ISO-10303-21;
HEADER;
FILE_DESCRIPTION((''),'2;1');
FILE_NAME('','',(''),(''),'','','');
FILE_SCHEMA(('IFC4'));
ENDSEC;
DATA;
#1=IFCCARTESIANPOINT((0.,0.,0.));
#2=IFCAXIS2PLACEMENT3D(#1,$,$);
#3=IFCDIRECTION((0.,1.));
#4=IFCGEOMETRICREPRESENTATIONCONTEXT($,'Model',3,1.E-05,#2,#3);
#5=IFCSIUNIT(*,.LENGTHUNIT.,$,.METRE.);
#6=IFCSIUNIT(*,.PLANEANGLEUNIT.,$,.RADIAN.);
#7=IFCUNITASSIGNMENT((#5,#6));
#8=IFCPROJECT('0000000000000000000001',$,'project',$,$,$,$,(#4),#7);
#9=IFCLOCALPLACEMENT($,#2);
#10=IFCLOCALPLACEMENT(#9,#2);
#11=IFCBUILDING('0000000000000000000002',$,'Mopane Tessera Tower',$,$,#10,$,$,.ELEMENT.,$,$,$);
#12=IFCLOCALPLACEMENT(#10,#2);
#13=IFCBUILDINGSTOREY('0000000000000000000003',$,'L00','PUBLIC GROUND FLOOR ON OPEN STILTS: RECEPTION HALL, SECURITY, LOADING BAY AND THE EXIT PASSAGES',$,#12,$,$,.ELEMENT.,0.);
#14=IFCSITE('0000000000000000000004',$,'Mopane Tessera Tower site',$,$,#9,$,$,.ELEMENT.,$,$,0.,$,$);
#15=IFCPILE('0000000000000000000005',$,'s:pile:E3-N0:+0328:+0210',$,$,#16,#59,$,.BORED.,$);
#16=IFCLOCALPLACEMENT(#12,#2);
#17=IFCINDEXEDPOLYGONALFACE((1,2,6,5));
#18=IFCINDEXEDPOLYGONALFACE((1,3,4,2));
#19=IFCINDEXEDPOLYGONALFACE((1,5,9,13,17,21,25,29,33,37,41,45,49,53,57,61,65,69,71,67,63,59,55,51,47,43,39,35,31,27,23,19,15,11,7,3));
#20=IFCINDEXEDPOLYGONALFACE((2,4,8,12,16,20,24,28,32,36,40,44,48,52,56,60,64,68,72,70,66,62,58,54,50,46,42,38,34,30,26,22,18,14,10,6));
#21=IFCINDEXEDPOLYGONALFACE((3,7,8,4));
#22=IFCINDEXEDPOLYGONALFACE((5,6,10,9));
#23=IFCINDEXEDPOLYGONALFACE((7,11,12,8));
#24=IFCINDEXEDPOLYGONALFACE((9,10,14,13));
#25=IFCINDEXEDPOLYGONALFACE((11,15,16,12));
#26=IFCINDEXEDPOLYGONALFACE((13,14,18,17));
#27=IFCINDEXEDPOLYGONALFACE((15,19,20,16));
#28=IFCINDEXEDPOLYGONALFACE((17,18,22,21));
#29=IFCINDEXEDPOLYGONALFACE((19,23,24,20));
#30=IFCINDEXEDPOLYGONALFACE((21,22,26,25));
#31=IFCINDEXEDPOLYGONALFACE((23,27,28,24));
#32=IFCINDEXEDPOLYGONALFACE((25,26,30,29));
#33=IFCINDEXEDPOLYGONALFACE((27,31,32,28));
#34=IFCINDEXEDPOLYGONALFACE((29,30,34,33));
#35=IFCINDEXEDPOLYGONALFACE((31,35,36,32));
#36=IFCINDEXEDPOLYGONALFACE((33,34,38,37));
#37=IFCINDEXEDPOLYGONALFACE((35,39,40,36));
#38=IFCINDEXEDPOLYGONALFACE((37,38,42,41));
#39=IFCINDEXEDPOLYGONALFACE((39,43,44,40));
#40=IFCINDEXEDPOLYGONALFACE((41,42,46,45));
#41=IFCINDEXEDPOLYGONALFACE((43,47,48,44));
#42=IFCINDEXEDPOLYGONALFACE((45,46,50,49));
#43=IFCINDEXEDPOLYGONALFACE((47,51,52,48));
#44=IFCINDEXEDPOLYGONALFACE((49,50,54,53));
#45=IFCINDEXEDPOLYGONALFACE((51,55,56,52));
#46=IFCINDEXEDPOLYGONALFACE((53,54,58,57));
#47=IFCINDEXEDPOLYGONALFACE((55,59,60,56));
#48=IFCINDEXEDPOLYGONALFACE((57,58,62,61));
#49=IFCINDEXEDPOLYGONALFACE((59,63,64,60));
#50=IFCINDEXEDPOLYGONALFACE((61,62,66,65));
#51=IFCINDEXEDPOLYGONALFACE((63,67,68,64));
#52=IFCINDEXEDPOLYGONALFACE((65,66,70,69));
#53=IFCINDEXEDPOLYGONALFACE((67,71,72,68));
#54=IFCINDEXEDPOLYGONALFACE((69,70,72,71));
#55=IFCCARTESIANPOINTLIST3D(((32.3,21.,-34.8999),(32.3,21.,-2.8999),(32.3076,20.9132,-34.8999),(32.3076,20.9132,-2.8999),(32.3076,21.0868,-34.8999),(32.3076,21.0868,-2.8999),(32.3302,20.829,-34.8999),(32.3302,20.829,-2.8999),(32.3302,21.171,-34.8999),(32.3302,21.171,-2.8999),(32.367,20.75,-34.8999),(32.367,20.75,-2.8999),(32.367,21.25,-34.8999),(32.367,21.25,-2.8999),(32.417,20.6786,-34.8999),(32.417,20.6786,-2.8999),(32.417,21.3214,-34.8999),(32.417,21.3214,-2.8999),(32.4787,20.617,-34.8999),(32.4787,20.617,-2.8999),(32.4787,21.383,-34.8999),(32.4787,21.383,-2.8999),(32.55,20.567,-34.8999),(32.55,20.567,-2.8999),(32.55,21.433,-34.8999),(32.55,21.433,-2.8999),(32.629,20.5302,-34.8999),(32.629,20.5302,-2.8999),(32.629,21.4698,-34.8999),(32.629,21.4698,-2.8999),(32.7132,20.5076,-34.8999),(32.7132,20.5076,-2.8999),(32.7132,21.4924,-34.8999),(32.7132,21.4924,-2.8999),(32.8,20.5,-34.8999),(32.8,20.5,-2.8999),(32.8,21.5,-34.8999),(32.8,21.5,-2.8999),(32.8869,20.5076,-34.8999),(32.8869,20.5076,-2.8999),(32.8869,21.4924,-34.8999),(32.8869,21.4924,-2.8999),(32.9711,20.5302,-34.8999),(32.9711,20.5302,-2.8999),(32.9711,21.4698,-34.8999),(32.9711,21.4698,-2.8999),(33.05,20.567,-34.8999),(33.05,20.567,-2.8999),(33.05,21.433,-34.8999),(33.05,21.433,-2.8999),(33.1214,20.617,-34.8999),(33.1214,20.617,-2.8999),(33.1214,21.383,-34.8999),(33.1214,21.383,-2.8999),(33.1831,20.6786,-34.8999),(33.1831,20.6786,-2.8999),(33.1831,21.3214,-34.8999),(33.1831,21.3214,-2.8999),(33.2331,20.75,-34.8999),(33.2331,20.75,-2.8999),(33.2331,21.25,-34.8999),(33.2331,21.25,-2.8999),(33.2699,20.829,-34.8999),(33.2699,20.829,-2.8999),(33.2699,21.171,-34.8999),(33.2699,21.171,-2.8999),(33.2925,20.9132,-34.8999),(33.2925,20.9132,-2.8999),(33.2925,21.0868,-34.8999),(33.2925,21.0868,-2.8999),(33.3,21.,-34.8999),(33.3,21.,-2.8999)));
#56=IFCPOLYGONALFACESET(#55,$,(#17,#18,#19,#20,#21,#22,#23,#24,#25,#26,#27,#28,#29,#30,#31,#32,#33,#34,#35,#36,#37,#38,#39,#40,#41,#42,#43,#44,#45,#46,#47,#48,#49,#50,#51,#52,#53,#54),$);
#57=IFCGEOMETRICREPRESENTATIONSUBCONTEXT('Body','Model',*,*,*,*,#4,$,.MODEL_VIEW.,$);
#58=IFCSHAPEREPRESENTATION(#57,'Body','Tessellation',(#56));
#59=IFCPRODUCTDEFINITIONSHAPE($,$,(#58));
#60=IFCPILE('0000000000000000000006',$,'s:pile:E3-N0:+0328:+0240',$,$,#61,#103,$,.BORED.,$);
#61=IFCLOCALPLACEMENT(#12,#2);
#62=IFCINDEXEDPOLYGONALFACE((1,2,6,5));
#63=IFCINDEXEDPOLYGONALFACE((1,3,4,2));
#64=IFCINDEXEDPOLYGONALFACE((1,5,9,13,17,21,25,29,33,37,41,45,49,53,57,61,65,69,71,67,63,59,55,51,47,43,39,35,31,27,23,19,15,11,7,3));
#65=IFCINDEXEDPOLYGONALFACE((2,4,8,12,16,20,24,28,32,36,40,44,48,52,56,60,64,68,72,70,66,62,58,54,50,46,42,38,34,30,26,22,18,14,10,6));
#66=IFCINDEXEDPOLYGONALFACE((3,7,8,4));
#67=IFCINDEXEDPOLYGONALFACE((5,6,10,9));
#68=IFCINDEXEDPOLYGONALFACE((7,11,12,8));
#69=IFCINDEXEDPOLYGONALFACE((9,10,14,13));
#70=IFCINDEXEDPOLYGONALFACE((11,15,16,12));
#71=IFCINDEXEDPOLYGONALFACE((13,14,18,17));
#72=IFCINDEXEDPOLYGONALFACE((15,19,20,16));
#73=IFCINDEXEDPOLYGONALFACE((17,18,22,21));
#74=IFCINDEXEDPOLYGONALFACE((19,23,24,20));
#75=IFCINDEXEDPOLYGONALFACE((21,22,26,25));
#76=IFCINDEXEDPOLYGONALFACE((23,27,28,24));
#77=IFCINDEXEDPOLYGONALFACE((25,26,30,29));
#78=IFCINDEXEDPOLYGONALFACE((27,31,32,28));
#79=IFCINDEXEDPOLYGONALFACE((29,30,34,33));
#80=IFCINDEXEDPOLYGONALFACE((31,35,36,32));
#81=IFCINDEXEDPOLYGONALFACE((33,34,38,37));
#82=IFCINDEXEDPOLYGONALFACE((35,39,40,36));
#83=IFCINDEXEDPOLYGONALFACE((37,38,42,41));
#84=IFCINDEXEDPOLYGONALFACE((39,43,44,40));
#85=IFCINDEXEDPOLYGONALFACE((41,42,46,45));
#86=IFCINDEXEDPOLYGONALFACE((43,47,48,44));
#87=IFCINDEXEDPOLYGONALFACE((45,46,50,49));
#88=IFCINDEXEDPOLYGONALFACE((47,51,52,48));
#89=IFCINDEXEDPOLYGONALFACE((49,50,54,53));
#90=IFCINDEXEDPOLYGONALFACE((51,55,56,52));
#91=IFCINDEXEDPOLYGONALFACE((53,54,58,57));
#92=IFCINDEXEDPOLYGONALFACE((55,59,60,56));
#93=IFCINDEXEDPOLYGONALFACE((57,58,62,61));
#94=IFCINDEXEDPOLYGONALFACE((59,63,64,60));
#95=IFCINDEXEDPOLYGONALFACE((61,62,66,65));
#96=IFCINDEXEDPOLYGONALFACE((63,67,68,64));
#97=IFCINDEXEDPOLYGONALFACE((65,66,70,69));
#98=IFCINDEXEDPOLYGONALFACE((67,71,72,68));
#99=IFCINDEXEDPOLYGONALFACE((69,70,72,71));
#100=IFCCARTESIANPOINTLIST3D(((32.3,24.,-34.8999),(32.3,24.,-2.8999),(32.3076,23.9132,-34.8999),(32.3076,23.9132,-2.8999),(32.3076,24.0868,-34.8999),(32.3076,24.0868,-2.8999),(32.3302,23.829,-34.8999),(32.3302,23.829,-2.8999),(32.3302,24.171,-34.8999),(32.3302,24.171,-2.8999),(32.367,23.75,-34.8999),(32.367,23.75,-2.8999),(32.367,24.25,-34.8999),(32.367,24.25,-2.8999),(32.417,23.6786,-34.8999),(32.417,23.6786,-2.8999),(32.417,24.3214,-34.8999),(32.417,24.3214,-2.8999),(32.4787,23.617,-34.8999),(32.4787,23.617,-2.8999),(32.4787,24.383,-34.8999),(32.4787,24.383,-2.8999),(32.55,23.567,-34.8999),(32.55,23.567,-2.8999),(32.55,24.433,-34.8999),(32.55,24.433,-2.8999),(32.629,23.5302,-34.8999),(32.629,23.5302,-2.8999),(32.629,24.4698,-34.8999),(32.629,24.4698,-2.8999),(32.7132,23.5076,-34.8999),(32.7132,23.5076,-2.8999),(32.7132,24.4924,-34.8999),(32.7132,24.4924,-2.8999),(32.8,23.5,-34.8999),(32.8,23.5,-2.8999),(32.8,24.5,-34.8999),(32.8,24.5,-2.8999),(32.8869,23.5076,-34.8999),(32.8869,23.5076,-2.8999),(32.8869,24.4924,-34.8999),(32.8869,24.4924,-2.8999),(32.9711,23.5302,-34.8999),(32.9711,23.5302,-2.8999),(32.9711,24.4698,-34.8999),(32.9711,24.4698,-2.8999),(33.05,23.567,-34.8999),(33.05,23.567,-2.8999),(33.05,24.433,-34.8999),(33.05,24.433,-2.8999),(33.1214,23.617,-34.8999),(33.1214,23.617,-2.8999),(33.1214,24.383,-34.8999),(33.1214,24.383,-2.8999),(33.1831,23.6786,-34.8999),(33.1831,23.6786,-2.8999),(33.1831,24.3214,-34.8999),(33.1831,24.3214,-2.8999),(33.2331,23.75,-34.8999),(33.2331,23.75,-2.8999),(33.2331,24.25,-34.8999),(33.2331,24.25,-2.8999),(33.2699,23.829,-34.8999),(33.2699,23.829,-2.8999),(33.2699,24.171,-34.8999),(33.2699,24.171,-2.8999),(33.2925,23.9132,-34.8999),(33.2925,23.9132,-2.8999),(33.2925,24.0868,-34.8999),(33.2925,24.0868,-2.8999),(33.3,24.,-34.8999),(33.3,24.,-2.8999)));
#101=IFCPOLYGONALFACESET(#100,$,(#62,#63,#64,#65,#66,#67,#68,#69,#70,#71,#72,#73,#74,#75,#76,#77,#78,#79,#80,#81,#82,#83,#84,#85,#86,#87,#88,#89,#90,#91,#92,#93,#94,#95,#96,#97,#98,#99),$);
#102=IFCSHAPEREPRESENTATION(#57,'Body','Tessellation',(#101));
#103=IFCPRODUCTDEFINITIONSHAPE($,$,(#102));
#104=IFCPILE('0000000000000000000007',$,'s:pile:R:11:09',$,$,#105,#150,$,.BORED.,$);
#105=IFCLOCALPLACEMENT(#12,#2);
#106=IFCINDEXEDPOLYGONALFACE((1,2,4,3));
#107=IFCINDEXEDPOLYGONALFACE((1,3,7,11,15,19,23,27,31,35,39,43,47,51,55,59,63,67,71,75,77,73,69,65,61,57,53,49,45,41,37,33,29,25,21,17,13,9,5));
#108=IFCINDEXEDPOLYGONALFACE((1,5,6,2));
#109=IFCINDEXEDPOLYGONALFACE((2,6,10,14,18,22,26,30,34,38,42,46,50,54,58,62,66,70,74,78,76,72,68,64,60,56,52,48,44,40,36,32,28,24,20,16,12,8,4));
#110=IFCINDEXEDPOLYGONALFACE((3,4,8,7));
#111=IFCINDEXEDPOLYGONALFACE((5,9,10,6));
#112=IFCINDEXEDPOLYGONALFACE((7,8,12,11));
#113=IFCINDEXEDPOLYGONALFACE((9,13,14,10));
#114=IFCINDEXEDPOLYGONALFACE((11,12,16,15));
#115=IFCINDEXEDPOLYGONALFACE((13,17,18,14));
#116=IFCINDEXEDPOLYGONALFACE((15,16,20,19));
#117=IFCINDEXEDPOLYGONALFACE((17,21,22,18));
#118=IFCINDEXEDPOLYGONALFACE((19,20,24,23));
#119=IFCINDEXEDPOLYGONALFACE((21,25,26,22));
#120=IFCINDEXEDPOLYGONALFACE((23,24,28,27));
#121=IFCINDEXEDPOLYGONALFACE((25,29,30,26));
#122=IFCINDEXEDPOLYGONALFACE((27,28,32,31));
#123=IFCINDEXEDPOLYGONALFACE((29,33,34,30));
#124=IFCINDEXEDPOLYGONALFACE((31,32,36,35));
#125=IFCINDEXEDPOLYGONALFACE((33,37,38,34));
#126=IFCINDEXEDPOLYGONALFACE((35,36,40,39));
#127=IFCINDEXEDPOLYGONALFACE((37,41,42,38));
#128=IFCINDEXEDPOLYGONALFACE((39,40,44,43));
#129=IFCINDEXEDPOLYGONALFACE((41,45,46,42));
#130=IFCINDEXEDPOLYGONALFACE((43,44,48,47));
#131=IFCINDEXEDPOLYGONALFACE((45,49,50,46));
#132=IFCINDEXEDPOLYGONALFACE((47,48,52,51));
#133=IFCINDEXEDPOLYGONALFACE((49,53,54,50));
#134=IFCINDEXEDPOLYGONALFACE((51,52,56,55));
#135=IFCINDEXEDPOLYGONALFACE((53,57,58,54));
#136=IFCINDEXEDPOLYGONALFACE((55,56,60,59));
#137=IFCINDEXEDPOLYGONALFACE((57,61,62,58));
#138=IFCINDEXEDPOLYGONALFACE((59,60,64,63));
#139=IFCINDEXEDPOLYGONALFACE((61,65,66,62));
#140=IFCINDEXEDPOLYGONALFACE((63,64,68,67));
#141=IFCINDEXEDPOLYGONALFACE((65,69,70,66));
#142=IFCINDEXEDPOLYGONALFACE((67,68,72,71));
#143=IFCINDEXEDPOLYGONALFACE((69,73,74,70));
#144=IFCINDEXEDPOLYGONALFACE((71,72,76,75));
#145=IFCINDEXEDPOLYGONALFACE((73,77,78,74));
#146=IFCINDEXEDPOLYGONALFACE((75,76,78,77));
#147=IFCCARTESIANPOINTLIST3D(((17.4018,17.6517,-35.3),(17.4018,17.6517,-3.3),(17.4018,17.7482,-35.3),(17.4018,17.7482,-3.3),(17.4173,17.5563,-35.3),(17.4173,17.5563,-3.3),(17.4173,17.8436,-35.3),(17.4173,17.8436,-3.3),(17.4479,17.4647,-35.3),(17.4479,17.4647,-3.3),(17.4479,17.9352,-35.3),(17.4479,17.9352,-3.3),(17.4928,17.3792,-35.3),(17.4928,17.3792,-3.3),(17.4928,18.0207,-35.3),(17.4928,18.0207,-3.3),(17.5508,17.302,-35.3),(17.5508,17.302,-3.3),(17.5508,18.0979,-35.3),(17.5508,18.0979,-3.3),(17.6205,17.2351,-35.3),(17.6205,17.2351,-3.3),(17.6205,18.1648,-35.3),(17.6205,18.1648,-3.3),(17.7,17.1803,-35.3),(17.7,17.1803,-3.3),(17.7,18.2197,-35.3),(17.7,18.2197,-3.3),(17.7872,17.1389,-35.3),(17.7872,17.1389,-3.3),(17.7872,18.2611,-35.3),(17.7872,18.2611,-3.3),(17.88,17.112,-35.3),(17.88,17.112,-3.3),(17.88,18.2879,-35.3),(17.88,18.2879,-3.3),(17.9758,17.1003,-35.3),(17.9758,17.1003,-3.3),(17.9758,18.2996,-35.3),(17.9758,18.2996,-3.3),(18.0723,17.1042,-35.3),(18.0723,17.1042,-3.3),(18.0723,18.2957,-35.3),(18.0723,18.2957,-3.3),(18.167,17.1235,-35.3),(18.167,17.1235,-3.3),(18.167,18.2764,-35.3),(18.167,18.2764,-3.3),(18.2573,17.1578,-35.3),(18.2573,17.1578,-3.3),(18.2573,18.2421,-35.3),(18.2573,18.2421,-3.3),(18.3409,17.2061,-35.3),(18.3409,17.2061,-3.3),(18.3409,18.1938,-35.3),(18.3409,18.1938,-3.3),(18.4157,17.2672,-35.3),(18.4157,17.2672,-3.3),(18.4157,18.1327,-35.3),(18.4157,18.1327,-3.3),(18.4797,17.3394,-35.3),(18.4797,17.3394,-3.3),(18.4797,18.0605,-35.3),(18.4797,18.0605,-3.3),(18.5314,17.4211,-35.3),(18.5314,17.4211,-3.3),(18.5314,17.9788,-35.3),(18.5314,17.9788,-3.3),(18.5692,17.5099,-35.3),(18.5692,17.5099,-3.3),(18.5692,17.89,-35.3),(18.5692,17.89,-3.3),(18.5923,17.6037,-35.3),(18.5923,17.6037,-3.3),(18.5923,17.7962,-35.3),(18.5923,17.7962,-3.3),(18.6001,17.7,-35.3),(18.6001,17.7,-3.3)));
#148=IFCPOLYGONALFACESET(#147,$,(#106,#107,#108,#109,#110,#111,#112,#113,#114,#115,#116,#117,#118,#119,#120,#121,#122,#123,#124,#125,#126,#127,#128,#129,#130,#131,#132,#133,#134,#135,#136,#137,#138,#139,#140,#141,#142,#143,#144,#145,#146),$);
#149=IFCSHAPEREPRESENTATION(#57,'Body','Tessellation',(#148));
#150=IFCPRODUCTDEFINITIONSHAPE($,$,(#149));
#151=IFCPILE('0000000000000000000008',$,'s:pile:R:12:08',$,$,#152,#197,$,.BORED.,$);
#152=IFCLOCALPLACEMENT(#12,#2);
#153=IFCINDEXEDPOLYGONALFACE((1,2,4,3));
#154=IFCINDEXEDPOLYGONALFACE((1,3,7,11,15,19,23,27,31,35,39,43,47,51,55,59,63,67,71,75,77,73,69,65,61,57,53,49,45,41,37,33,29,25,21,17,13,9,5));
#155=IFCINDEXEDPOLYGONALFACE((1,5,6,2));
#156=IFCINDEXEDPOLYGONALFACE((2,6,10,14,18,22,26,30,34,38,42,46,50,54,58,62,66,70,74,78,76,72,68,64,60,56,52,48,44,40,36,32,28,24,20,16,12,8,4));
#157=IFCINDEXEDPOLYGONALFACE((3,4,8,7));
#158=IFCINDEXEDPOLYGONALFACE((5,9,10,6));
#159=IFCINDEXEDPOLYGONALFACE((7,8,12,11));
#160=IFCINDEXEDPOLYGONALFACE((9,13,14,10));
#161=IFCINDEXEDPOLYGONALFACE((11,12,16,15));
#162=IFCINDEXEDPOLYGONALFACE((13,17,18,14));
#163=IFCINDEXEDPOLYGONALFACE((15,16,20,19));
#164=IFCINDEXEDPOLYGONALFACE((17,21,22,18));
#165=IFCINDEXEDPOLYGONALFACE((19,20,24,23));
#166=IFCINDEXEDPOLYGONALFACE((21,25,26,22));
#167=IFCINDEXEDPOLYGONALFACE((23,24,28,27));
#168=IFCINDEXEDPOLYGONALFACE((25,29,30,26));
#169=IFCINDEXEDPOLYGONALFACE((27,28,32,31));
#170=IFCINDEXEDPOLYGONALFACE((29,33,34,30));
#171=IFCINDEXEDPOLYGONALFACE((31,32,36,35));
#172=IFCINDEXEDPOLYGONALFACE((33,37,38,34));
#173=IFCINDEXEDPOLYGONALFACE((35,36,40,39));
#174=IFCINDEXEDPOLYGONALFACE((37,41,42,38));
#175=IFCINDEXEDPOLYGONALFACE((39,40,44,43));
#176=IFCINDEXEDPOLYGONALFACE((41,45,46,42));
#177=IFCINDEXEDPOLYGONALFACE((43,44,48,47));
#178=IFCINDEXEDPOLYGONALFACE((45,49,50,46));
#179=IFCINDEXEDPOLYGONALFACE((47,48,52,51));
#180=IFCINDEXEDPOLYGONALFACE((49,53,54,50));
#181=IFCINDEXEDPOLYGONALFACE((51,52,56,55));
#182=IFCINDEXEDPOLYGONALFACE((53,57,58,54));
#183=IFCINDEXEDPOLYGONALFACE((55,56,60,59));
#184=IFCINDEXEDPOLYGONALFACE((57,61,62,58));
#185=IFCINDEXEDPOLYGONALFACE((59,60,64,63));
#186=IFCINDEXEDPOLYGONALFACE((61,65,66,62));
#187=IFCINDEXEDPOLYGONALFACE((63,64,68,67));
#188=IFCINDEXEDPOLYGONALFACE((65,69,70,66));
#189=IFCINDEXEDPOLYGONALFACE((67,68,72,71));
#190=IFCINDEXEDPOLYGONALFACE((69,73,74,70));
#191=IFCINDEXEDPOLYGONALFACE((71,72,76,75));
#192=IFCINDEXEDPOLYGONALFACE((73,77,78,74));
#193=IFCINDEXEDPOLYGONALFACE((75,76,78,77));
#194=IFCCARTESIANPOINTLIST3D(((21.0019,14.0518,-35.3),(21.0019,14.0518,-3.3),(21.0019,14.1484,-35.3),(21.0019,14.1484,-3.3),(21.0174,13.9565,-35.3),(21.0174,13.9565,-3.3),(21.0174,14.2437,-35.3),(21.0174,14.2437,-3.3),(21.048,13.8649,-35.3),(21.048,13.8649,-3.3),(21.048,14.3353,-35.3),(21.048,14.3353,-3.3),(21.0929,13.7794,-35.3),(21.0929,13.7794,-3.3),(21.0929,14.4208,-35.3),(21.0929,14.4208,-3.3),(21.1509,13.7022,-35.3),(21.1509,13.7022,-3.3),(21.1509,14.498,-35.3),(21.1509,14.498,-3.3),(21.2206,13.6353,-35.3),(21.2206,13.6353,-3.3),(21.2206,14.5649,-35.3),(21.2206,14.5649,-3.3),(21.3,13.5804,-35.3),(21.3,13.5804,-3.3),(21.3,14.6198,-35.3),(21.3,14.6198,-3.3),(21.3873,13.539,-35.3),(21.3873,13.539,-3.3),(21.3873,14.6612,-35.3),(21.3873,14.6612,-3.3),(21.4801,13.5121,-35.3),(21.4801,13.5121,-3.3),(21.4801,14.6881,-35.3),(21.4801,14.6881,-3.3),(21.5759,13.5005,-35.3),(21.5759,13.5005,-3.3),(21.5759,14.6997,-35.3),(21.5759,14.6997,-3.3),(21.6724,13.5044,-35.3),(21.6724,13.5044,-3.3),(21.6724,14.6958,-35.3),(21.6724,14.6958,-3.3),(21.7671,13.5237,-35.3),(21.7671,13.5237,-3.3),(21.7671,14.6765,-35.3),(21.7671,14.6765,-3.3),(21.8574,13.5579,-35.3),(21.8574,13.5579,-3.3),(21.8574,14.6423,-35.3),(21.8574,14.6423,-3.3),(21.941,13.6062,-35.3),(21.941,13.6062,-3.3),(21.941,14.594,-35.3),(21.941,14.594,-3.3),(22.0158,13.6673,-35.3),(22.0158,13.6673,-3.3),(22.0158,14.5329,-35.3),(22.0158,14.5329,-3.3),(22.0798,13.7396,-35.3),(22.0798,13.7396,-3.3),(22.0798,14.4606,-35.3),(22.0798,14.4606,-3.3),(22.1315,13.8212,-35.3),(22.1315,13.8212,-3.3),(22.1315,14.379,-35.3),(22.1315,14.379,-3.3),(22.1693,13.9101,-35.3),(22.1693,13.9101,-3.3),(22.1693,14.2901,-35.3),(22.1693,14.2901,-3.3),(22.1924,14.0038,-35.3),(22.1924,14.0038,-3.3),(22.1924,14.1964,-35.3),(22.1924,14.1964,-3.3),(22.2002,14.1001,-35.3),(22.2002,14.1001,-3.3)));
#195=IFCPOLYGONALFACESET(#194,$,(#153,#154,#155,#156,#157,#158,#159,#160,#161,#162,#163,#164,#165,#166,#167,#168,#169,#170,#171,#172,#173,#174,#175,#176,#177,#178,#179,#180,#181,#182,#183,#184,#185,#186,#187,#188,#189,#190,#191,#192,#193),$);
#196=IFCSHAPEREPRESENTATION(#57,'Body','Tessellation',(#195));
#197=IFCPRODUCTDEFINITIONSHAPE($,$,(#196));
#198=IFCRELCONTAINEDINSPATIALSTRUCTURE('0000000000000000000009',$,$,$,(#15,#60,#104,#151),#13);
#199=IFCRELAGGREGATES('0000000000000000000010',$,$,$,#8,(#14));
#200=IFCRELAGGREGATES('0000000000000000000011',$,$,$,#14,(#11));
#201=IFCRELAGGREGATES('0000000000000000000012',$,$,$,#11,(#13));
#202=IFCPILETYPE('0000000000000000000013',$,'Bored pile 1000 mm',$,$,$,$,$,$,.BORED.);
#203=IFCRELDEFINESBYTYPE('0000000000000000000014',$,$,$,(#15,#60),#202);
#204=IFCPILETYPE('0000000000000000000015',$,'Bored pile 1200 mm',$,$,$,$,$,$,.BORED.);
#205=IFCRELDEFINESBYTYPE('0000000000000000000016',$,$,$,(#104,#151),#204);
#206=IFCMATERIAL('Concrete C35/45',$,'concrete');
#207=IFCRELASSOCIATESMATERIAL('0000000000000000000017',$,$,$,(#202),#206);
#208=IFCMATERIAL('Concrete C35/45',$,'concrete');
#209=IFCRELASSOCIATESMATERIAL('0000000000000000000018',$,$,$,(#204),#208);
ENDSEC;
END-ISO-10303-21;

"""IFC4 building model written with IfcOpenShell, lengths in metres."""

from ifc_helpers import new_model, si_unit, direction, frame, origin, origin_2d, place, context, subcontext, project, spatial, circle, extrude, material, material_profile, profile_set, type_object, element, save


model = new_model("IFC4")

# Units and contexts
model_context = context("Model", 3, precision=1e-05, world=origin(), true_north=direction((0.0, 1.0)))
body_context = subcontext(model_context, "Body", "Model", "MODEL_VIEW")
ifc_project = project(units=[si_unit("LENGTHUNIT", "METRE"), si_unit("PLANEANGLEUNIT", "RADIAN")], contexts=[model_context])

# Site, building, storey
site_placement = place(None, origin())
site = spatial("IfcSite", under=ifc_project, at=site_placement, Name="Mopane Tessera Tower site", CompositionType="ELEMENT", RefElevation=0.0)
building_placement = place(site_placement, origin())
building = spatial("IfcBuilding", under=site, at=building_placement, Name="Mopane Tessera Tower", CompositionType="ELEMENT")
storey_placement = place(building_placement, origin())
storey = spatial("IfcBuildingStorey", under=building, at=storey_placement, Name="L00", Description="PUBLIC GROUND FLOOR ON OPEN STILTS: RECEPTION HALL, SECURITY, LOADING BAY AND THE EXIT PASSAGES", CompositionType="ELEMENT", Elevation=0.0)

# Piles
ifc_material_1 = material(Name="Concrete C35/45", Category="concrete")
ifc_material_profile_1 = material_profile(ifc_material_1, circle(Radius=0.5, at=origin_2d()))
ifc_profile_set_1 = profile_set([ifc_material_profile_1], Name="Concrete C35/45")
pile_type_1 = type_object("IfcPileType", Name="Bored pile 1000 mm", PredefinedType="BORED", material=ifc_profile_set_1)
for number, where, z_axis, x_axis, name in (
    (1, (32.8, 21.0, -2.8999), (0.0, 0.0, -1.0), (1.0, 0.0, 0.0), "s:pile:E3-N0:+0328:+0210"),
    (2, (32.8, 24.0, -2.8999), (0.0, 0.0, -1.0), (1.0, 0.0, 0.0), "s:pile:E3-N0:+0328:+0240"),
):
    element("IfcPile", number, at=place(storey_placement, frame(where, z_axis=z_axis, x_axis=x_axis)), inside=storey, type_object=pile_type_1, Name=name, PredefinedType="BORED", context=body_context, shape_type="SweptSolid", body=[
        extrude(circle(Radius=0.5, at=origin_2d()), origin(), (0.0, 0.0, 1.0), 32.0),
    ])
ifc_material_2 = material(Name="Concrete C35/45", Category="concrete")
ifc_material_profile_2 = material_profile(ifc_material_2, circle(Radius=0.6001, at=origin_2d()))
ifc_profile_set_2 = profile_set([ifc_material_profile_2], Name="Concrete C35/45")
pile_type_2 = type_object("IfcPileType", Name="Bored pile 1200 mm", PredefinedType="BORED", material=ifc_profile_set_2)
for number, where, z_axis, x_axis, name in (
    (3, (18.0, 17.7, -3.3), (0.0, 0.0, -1.0), (1.0, 0.0, 0.0), "s:pile:R:11:09"),
    (4, (21.6001, 14.1001, -3.3), (0.0, 0.0, -1.0), (1.0, 0.0, 0.0), "s:pile:R:12:08"),
):
    element("IfcPile", number, at=place(storey_placement, frame(where, z_axis=z_axis, x_axis=x_axis)), inside=storey, type_object=pile_type_2, Name=name, PredefinedType="BORED", context=body_context, shape_type="SweptSolid", body=[
        extrude(circle(Radius=0.6001, at=origin_2d()), origin(), (0.0, 0.0, 1.0), 32.0),
    ])

save(model, "model.ifc")
